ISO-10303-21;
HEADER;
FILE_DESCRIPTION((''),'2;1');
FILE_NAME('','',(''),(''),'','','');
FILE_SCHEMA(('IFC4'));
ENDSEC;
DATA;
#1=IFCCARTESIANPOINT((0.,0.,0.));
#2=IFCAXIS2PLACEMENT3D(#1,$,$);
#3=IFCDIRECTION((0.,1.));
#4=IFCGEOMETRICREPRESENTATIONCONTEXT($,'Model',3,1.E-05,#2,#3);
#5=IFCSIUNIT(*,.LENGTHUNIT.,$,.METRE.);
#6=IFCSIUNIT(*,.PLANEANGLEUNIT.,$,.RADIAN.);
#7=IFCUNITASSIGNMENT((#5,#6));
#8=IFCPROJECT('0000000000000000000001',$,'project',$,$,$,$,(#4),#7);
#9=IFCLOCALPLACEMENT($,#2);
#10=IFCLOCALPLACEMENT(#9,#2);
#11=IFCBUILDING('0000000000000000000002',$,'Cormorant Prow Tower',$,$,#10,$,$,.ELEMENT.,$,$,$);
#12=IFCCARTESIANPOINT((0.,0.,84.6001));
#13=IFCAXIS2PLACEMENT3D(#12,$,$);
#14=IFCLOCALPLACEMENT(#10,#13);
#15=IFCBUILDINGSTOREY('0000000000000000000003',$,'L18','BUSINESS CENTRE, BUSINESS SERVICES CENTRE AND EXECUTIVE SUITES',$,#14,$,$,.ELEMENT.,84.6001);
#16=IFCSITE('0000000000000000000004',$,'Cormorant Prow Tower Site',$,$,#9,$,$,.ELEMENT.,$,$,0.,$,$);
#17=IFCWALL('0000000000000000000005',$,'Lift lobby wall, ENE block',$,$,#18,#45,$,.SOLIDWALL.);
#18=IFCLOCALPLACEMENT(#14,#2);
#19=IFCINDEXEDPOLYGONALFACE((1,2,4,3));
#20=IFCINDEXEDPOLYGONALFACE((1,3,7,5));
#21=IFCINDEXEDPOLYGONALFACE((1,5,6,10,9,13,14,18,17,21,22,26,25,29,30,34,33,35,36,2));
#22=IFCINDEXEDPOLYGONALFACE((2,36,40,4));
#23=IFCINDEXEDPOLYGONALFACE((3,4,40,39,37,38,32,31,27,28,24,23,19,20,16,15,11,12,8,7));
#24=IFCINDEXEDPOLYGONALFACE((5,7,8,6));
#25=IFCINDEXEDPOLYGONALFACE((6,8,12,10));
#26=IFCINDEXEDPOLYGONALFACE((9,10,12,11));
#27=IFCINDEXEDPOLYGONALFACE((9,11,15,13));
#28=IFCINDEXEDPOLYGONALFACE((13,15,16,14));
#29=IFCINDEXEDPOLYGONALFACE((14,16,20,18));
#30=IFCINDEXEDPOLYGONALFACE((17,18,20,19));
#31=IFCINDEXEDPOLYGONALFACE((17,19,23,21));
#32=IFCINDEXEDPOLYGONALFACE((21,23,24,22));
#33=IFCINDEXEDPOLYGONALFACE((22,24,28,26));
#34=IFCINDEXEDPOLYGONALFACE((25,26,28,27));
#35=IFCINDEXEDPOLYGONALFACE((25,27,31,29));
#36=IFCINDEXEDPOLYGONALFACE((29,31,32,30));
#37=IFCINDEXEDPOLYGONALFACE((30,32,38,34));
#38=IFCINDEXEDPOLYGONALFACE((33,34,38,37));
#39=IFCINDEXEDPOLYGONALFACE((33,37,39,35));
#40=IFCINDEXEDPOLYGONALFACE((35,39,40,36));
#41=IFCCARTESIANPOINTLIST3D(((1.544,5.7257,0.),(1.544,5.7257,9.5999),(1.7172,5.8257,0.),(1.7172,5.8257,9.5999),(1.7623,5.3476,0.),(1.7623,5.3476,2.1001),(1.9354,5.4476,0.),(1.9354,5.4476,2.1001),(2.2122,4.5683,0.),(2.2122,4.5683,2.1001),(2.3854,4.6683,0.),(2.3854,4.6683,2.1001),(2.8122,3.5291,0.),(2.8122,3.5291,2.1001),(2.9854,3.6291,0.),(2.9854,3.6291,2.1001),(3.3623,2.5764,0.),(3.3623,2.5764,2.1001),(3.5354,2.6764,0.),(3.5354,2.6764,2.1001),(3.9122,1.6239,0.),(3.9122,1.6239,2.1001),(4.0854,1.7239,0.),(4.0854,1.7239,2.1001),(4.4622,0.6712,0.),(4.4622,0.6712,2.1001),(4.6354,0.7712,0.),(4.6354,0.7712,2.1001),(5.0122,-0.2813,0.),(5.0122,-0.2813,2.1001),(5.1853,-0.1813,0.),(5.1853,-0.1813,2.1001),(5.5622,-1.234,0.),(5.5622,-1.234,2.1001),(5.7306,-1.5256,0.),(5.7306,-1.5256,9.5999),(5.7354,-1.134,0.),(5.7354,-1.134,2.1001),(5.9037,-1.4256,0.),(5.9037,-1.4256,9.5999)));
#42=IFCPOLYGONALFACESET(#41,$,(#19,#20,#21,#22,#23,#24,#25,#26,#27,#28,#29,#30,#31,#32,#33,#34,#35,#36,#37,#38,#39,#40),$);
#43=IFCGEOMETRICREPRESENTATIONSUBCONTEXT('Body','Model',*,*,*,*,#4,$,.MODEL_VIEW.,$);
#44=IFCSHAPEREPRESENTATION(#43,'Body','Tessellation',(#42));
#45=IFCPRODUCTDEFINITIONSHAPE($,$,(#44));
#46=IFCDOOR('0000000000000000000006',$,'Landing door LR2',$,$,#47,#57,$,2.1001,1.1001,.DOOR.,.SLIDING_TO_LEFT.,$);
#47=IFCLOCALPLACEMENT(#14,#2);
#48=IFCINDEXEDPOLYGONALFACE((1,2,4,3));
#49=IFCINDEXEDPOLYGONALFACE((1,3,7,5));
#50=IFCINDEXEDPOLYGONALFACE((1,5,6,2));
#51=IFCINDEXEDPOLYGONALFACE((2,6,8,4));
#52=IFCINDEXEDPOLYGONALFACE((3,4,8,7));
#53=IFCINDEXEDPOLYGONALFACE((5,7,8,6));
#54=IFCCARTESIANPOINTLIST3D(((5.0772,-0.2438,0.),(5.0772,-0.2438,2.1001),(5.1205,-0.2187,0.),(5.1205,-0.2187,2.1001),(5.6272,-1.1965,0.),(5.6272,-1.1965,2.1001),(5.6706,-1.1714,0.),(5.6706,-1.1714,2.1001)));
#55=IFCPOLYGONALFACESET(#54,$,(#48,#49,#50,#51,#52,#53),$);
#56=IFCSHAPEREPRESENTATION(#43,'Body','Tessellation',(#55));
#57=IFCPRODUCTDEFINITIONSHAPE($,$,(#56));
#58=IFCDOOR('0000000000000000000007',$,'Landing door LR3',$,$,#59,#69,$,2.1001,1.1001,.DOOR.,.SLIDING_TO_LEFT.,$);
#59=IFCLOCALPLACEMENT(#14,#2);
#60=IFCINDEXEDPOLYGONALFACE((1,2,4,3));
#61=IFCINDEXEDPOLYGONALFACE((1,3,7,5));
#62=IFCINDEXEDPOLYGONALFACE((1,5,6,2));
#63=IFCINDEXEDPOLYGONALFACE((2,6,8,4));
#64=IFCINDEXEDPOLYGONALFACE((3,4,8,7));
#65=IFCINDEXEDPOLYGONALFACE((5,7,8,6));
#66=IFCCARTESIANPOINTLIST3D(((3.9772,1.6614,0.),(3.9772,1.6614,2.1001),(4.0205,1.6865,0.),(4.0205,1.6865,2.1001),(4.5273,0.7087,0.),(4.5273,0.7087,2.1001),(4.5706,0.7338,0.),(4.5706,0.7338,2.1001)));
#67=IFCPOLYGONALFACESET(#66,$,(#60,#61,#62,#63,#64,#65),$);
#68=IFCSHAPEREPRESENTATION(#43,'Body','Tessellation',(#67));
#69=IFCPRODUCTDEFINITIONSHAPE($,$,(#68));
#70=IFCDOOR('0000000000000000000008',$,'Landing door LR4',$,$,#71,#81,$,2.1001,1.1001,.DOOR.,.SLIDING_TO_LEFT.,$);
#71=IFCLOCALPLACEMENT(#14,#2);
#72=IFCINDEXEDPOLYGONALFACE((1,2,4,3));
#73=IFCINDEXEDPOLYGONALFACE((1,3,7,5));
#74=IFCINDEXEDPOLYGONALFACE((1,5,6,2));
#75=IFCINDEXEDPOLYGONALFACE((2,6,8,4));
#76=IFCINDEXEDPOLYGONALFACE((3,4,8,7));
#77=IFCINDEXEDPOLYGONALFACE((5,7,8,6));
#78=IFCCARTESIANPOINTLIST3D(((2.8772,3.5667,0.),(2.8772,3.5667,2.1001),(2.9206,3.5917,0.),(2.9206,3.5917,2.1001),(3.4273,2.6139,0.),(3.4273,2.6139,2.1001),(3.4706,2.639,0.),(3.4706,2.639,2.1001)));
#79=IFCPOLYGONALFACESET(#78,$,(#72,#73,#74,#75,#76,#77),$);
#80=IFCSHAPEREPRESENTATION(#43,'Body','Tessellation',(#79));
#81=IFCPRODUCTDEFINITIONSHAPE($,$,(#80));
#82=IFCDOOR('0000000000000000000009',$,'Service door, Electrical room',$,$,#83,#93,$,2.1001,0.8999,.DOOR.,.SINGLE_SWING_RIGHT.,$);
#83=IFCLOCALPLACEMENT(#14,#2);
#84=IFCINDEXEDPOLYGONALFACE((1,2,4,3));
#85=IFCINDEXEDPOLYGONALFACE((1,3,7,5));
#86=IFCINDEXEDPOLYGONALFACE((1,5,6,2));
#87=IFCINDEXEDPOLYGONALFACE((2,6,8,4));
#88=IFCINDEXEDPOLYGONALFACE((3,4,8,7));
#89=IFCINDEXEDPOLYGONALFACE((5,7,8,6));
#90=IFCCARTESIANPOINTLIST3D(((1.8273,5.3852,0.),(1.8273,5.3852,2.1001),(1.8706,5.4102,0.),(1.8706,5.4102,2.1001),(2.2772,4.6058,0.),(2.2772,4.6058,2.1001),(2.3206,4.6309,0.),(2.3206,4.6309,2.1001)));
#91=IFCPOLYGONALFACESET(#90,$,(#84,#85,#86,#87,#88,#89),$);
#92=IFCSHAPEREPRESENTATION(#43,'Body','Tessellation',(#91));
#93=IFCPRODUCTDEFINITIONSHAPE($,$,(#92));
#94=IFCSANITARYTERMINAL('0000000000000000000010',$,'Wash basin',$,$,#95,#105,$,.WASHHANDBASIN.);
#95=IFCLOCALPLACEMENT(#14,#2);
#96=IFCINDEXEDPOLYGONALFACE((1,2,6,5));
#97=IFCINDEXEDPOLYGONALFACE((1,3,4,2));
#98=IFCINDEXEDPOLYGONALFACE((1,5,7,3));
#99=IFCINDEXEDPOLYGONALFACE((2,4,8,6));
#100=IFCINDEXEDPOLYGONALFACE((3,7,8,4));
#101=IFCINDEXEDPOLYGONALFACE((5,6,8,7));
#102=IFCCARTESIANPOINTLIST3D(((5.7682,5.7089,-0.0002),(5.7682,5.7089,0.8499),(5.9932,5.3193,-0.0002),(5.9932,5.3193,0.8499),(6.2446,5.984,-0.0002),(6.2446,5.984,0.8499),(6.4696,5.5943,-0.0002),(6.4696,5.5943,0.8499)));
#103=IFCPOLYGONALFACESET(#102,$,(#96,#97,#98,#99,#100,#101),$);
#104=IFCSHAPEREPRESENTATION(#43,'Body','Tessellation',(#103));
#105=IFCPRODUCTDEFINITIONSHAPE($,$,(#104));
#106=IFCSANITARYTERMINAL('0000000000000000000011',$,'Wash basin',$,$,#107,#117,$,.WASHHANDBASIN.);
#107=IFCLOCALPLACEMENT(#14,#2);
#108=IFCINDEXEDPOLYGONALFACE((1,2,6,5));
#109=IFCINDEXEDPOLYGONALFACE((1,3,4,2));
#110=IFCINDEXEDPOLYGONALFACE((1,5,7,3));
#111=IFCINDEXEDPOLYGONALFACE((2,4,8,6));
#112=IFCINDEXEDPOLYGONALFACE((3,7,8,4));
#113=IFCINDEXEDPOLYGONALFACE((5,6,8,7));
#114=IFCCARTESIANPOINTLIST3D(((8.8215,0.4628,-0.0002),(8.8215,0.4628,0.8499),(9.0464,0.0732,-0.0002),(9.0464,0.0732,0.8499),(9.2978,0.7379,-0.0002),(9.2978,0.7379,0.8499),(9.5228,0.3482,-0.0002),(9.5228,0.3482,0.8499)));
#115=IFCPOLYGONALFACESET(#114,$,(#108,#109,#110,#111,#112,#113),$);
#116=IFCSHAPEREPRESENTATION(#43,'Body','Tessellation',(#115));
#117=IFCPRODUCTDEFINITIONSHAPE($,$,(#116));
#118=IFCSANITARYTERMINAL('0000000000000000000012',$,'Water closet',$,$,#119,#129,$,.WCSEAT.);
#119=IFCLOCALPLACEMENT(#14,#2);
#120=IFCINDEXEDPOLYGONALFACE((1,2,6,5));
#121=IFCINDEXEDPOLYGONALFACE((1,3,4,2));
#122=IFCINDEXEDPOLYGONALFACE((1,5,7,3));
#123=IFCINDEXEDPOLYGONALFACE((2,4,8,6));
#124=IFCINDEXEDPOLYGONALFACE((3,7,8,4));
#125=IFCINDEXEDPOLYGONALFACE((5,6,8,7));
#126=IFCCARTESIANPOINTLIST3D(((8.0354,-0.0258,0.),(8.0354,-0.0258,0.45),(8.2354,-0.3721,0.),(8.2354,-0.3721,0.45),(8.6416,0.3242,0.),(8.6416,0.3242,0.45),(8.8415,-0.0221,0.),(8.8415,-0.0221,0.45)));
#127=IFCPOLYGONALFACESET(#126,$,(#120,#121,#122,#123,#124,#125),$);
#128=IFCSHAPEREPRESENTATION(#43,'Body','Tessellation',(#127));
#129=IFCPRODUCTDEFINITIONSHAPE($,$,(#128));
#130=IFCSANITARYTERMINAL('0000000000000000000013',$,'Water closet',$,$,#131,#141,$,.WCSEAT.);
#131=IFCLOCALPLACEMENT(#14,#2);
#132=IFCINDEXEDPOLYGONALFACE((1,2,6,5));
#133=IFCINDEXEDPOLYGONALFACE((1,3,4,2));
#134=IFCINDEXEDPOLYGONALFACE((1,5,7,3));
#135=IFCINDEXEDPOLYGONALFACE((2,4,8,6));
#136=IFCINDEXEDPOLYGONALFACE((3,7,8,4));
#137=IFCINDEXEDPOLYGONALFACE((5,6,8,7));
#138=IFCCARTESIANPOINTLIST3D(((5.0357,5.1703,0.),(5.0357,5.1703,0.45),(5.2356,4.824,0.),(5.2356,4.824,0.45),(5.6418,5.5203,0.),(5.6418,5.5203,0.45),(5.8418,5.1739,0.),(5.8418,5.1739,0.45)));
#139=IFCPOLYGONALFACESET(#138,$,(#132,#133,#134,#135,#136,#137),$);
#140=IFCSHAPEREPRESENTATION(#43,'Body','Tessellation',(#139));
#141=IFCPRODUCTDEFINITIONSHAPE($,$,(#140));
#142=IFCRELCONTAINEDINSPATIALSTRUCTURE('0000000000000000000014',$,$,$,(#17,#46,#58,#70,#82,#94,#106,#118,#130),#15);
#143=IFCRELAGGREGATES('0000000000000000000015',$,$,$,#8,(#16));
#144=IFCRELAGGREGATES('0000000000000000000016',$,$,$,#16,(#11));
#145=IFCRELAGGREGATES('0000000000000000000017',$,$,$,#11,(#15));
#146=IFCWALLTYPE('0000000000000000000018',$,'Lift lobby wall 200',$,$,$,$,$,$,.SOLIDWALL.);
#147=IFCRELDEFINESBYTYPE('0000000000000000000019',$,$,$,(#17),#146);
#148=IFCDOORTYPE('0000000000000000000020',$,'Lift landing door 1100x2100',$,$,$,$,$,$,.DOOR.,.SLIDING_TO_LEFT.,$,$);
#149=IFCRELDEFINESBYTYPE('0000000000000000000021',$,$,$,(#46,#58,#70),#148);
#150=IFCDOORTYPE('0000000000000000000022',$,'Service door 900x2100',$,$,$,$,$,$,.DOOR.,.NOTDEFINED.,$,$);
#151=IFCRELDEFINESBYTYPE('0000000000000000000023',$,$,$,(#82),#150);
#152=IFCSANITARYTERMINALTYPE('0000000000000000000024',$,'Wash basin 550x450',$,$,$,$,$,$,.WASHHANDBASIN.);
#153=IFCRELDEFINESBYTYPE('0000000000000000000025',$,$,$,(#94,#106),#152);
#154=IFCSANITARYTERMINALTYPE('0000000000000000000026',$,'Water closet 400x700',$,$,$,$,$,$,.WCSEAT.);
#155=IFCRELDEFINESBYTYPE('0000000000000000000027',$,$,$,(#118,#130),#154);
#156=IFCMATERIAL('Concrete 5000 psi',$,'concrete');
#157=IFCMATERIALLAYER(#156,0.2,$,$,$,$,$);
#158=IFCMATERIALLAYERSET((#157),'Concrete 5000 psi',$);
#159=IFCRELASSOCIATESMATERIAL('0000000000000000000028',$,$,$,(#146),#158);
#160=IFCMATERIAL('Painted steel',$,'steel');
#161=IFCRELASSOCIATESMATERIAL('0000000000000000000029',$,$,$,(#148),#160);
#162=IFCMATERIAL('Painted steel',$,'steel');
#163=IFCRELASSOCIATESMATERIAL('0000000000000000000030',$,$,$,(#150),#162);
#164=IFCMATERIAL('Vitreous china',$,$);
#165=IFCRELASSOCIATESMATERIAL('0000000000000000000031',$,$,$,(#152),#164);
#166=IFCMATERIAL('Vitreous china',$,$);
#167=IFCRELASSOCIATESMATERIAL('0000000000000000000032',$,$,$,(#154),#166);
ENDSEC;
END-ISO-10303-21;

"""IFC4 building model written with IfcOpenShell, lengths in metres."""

from ifc_helpers import new_model, si_unit, direction, frame, frame_2d, origin, origin_2d, place, context, subcontext, project, spatial, rectangle, extrude, material, layer, layer_set, type_object, element, fill, save


model = new_model("IFC4")

# Units and contexts
model_context = context("Model", 3, precision=1e-05, world=origin(), true_north=direction((0.0, 1.0)))
body_context = subcontext(model_context, "Body", "Model", "MODEL_VIEW")
ifc_project = project(units=[si_unit("LENGTHUNIT", "METRE"), si_unit("PLANEANGLEUNIT", "RADIAN")], contexts=[model_context])

# Site, building, storey
site_placement = place(None, origin())
site = spatial("IfcSite", under=ifc_project, at=site_placement, Name="Cormorant Prow Tower Site", CompositionType="ELEMENT", RefElevation=0.0)
building_placement = place(site_placement, origin())
building = spatial("IfcBuilding", under=site, at=building_placement, Name="Cormorant Prow Tower", CompositionType="ELEMENT")
storey_placement = place(building_placement, frame((0.0, 0.0, 84.6001)))
storey = spatial("IfcBuildingStorey", under=building, at=storey_placement, Name="L18", Description="BUSINESS CENTRE, BUSINESS SERVICES CENTRE AND EXECUTIVE SUITES", CompositionType="ELEMENT", Elevation=84.6001)

# Wall, openings, doors
ifc_material_1 = material(Name="Concrete 5000 psi", Category="concrete")
ifc_layer_1 = layer(ifc_material_1, 0.2)
ifc_layer_set_1 = layer_set([ifc_layer_1], Name="Concrete 5000 psi")
wall_type_1 = type_object("IfcWallType", Name="Lift lobby wall 200", PredefinedType="SOLIDWALL", material=ifc_layer_set_1)
wall_1_placement = place(storey_placement, frame((5.8171, -1.4756, 0.0), z_axis=(0.0, 0.0, 1.0), x_axis=(-0.500003, 0.866024, 0.0)))
wall_1 = element("IfcWall", 1, at=wall_1_placement, inside=storey, type_object=wall_type_1, Name="Lift lobby wall, ENE block", PredefinedType="SOLIDWALL", context=body_context, shape_type="SweptSolid", body=[
    extrude(rectangle(XDim=8.373, YDim=0.2, at=frame_2d((4.1865, 0.0))), origin(), (0.0, 0.0, 1.0), 9.5999),
])
opening_1_placement = place(wall_1_placement, frame((0.3367, 0.0, 0.0)))
opening_1 = element("IfcOpeningElement", 2, at=opening_1_placement, cuts=wall_1, PredefinedType="OPENING", context=body_context, shape_type="SweptSolid", body=[
    extrude(rectangle(XDim=1.1001, YDim=2.1001, at=frame_2d((0.55, 1.05))), frame((0.0, 0.1099, 0.0), z_axis=(0.0, -1.0, 0.0), x_axis=(1.0, 0.0, 0.0)), (0.0, 0.0, 1.0), 0.22),
])
opening_2_placement = place(wall_1_placement, frame((2.5366, 0.0, 0.0)))
opening_2 = element("IfcOpeningElement", 3, at=opening_2_placement, cuts=wall_1, PredefinedType="OPENING", context=body_context, shape_type="SweptSolid", body=[
    extrude(rectangle(XDim=1.1001, YDim=2.1001, at=frame_2d((0.55, 1.05))), frame((0.0, 0.1099, 0.0), z_axis=(0.0, -1.0, 0.0), x_axis=(1.0, 0.0, 0.0)), (0.0, 0.0, 1.0), 0.22),
])
opening_3_placement = place(wall_1_placement, frame((4.7366, 0.0, 0.0)))
opening_3 = element("IfcOpeningElement", 4, at=opening_3_placement, cuts=wall_1, PredefinedType="OPENING", context=body_context, shape_type="SweptSolid", body=[
    extrude(rectangle(XDim=1.1001, YDim=2.1001, at=frame_2d((0.55, 1.05))), frame((0.0, 0.1099, 0.0), z_axis=(0.0, -1.0, 0.0), x_axis=(1.0, 0.0, 0.0)), (0.0, 0.0, 1.0), 0.22),
])
opening_4_placement = place(wall_1_placement, frame((7.0366, 0.0, 0.0)))
opening_4 = element("IfcOpeningElement", 5, at=opening_4_placement, cuts=wall_1, PredefinedType="OPENING", context=body_context, shape_type="SweptSolid", body=[
    extrude(rectangle(XDim=0.8999, YDim=2.1001, at=frame_2d((0.45, 1.05))), frame((0.0, 0.1099, 0.0), z_axis=(0.0, -1.0, 0.0), x_axis=(1.0, 0.0, 0.0)), (0.0, 0.0, 1.0), 0.22),
])
ifc_material_2 = material(Name="Painted steel", Category="steel")
door_type_1 = type_object("IfcDoorType", Name="Lift landing door 1100x2100", OperationType="SLIDING_TO_LEFT", PredefinedType="DOOR", material=ifc_material_2)
door_1_placement = place(opening_1_placement, origin())
door_1 = element("IfcDoor", 6, at=door_1_placement, inside=storey, type_object=door_type_1, Name="Landing door LR2", OperationType="SLIDING_TO_LEFT", OverallHeight=2.1001, OverallWidth=1.1001, PredefinedType="DOOR", context=body_context, shape_type="SweptSolid", body=[
    extrude(rectangle(XDim=1.1001, YDim=2.1001, at=frame_2d((0.55, 1.05))), frame((0.0, 0.0249, 0.0), z_axis=(0.0, -1.0, 0.0), x_axis=(1.0, 0.0, 0.0)), (0.0, 0.0, 1.0), 0.05),
])
fill(opening_1, door_1)
door_2_placement = place(opening_2_placement, origin())
door_2 = element("IfcDoor", 7, at=door_2_placement, inside=storey, type_object=door_type_1, Name="Landing door LR3", OperationType="SLIDING_TO_LEFT", OverallHeight=2.1001, OverallWidth=1.1001, PredefinedType="DOOR", context=body_context, shape_type="SweptSolid", body=[
    extrude(rectangle(XDim=1.1001, YDim=2.1001, at=frame_2d((0.55, 1.05))), frame((0.0, 0.0249, 0.0), z_axis=(0.0, -1.0, 0.0), x_axis=(1.0, 0.0, 0.0)), (0.0, 0.0, 1.0), 0.05),
])
fill(opening_2, door_2)
door_3_placement = place(opening_3_placement, origin())
door_3 = element("IfcDoor", 8, at=door_3_placement, inside=storey, type_object=door_type_1, Name="Landing door LR4", OperationType="SLIDING_TO_LEFT", OverallHeight=2.1001, OverallWidth=1.1001, PredefinedType="DOOR", context=body_context, shape_type="SweptSolid", body=[
    extrude(rectangle(XDim=1.1001, YDim=2.1001, at=frame_2d((0.55, 1.05))), frame((0.0, 0.0249, 0.0), z_axis=(0.0, -1.0, 0.0), x_axis=(1.0, 0.0, 0.0)), (0.0, 0.0, 1.0), 0.05),
])
fill(opening_3, door_3)
ifc_material_3 = material(Name="Painted steel", Category="steel")
door_type_2 = type_object("IfcDoorType", Name="Service door 900x2100", OperationType="NOTDEFINED", PredefinedType="DOOR", material=ifc_material_3)
door_4_placement = place(opening_4_placement, origin())
door_4 = element("IfcDoor", 9, at=door_4_placement, inside=storey, type_object=door_type_2, Name="Service door, Electrical room", OperationType="SINGLE_SWING_RIGHT", OverallHeight=2.1001, OverallWidth=0.8999, PredefinedType="DOOR", context=body_context, shape_type="SweptSolid", body=[
    extrude(rectangle(XDim=0.8999, YDim=2.1001, at=frame_2d((0.45, 1.05))), frame((0.0, 0.0249, 0.0), z_axis=(0.0, -1.0, 0.0), x_axis=(1.0, 0.0, 0.0)), (0.0, 0.0, 1.0), 0.05),
])
fill(opening_4, door_4)

# Sanitary terminals
ifc_material_4 = material(Name="Vitreous china")
sanitary_terminal_type_1 = type_object("IfcSanitaryTerminalType", Name="Wash basin 550x450", PredefinedType="WASHHANDBASIN", material=ifc_material_4)
for number, where, z_axis, x_axis, name in (
    (10, (6.1189, 5.6516, -0.0002), (0.0, 0.0, 1.0), (-0.866043, -0.49997, 0.0), "Wash basin"),
    (11, (9.1721, 0.4055, -0.0002), (0.0, 0.0, 1.0), (0.866017, 0.500015, 0.0), "Wash basin"),
):
    element("IfcSanitaryTerminal", number, at=place(storey_placement, frame(where, z_axis=z_axis, x_axis=x_axis)), inside=storey, type_object=sanitary_terminal_type_1, Name=name, PredefinedType="WASHHANDBASIN", context=body_context, shape_type="SweptSolid", body=[
        extrude(rectangle(XDim=0.55, YDim=0.45, at=origin_2d()), origin(), (0.0, 0.0, 1.0), 0.8501),
    ])
ifc_material_5 = material(Name="Vitreous china")
sanitary_terminal_type_2 = type_object("IfcSanitaryTerminalType", Name="Water closet 400x700", PredefinedType="WCSEAT", material=ifc_material_5)
for number, where, z_axis, x_axis, name in (
    (12, (8.4385, -0.0239, 0.0), (0.0, 0.0, 1.0), (0.5, -0.866025, 0.0), "Water closet"),
    (13, (5.4387, 5.1721, 0.0), (0.0, 0.0, 1.0), (0.5, -0.866025, 0.0), "Water closet"),
):
    element("IfcSanitaryTerminal", number, at=place(storey_placement, frame(where, z_axis=z_axis, x_axis=x_axis)), inside=storey, type_object=sanitary_terminal_type_2, Name=name, PredefinedType="WCSEAT", context=body_context, shape_type="SweptSolid", body=[
        extrude(rectangle(XDim=0.3999, YDim=0.7, at=origin_2d()), origin(), (0.0, 0.0, 1.0), 0.45),
    ])

save(model, "model.ifc")
